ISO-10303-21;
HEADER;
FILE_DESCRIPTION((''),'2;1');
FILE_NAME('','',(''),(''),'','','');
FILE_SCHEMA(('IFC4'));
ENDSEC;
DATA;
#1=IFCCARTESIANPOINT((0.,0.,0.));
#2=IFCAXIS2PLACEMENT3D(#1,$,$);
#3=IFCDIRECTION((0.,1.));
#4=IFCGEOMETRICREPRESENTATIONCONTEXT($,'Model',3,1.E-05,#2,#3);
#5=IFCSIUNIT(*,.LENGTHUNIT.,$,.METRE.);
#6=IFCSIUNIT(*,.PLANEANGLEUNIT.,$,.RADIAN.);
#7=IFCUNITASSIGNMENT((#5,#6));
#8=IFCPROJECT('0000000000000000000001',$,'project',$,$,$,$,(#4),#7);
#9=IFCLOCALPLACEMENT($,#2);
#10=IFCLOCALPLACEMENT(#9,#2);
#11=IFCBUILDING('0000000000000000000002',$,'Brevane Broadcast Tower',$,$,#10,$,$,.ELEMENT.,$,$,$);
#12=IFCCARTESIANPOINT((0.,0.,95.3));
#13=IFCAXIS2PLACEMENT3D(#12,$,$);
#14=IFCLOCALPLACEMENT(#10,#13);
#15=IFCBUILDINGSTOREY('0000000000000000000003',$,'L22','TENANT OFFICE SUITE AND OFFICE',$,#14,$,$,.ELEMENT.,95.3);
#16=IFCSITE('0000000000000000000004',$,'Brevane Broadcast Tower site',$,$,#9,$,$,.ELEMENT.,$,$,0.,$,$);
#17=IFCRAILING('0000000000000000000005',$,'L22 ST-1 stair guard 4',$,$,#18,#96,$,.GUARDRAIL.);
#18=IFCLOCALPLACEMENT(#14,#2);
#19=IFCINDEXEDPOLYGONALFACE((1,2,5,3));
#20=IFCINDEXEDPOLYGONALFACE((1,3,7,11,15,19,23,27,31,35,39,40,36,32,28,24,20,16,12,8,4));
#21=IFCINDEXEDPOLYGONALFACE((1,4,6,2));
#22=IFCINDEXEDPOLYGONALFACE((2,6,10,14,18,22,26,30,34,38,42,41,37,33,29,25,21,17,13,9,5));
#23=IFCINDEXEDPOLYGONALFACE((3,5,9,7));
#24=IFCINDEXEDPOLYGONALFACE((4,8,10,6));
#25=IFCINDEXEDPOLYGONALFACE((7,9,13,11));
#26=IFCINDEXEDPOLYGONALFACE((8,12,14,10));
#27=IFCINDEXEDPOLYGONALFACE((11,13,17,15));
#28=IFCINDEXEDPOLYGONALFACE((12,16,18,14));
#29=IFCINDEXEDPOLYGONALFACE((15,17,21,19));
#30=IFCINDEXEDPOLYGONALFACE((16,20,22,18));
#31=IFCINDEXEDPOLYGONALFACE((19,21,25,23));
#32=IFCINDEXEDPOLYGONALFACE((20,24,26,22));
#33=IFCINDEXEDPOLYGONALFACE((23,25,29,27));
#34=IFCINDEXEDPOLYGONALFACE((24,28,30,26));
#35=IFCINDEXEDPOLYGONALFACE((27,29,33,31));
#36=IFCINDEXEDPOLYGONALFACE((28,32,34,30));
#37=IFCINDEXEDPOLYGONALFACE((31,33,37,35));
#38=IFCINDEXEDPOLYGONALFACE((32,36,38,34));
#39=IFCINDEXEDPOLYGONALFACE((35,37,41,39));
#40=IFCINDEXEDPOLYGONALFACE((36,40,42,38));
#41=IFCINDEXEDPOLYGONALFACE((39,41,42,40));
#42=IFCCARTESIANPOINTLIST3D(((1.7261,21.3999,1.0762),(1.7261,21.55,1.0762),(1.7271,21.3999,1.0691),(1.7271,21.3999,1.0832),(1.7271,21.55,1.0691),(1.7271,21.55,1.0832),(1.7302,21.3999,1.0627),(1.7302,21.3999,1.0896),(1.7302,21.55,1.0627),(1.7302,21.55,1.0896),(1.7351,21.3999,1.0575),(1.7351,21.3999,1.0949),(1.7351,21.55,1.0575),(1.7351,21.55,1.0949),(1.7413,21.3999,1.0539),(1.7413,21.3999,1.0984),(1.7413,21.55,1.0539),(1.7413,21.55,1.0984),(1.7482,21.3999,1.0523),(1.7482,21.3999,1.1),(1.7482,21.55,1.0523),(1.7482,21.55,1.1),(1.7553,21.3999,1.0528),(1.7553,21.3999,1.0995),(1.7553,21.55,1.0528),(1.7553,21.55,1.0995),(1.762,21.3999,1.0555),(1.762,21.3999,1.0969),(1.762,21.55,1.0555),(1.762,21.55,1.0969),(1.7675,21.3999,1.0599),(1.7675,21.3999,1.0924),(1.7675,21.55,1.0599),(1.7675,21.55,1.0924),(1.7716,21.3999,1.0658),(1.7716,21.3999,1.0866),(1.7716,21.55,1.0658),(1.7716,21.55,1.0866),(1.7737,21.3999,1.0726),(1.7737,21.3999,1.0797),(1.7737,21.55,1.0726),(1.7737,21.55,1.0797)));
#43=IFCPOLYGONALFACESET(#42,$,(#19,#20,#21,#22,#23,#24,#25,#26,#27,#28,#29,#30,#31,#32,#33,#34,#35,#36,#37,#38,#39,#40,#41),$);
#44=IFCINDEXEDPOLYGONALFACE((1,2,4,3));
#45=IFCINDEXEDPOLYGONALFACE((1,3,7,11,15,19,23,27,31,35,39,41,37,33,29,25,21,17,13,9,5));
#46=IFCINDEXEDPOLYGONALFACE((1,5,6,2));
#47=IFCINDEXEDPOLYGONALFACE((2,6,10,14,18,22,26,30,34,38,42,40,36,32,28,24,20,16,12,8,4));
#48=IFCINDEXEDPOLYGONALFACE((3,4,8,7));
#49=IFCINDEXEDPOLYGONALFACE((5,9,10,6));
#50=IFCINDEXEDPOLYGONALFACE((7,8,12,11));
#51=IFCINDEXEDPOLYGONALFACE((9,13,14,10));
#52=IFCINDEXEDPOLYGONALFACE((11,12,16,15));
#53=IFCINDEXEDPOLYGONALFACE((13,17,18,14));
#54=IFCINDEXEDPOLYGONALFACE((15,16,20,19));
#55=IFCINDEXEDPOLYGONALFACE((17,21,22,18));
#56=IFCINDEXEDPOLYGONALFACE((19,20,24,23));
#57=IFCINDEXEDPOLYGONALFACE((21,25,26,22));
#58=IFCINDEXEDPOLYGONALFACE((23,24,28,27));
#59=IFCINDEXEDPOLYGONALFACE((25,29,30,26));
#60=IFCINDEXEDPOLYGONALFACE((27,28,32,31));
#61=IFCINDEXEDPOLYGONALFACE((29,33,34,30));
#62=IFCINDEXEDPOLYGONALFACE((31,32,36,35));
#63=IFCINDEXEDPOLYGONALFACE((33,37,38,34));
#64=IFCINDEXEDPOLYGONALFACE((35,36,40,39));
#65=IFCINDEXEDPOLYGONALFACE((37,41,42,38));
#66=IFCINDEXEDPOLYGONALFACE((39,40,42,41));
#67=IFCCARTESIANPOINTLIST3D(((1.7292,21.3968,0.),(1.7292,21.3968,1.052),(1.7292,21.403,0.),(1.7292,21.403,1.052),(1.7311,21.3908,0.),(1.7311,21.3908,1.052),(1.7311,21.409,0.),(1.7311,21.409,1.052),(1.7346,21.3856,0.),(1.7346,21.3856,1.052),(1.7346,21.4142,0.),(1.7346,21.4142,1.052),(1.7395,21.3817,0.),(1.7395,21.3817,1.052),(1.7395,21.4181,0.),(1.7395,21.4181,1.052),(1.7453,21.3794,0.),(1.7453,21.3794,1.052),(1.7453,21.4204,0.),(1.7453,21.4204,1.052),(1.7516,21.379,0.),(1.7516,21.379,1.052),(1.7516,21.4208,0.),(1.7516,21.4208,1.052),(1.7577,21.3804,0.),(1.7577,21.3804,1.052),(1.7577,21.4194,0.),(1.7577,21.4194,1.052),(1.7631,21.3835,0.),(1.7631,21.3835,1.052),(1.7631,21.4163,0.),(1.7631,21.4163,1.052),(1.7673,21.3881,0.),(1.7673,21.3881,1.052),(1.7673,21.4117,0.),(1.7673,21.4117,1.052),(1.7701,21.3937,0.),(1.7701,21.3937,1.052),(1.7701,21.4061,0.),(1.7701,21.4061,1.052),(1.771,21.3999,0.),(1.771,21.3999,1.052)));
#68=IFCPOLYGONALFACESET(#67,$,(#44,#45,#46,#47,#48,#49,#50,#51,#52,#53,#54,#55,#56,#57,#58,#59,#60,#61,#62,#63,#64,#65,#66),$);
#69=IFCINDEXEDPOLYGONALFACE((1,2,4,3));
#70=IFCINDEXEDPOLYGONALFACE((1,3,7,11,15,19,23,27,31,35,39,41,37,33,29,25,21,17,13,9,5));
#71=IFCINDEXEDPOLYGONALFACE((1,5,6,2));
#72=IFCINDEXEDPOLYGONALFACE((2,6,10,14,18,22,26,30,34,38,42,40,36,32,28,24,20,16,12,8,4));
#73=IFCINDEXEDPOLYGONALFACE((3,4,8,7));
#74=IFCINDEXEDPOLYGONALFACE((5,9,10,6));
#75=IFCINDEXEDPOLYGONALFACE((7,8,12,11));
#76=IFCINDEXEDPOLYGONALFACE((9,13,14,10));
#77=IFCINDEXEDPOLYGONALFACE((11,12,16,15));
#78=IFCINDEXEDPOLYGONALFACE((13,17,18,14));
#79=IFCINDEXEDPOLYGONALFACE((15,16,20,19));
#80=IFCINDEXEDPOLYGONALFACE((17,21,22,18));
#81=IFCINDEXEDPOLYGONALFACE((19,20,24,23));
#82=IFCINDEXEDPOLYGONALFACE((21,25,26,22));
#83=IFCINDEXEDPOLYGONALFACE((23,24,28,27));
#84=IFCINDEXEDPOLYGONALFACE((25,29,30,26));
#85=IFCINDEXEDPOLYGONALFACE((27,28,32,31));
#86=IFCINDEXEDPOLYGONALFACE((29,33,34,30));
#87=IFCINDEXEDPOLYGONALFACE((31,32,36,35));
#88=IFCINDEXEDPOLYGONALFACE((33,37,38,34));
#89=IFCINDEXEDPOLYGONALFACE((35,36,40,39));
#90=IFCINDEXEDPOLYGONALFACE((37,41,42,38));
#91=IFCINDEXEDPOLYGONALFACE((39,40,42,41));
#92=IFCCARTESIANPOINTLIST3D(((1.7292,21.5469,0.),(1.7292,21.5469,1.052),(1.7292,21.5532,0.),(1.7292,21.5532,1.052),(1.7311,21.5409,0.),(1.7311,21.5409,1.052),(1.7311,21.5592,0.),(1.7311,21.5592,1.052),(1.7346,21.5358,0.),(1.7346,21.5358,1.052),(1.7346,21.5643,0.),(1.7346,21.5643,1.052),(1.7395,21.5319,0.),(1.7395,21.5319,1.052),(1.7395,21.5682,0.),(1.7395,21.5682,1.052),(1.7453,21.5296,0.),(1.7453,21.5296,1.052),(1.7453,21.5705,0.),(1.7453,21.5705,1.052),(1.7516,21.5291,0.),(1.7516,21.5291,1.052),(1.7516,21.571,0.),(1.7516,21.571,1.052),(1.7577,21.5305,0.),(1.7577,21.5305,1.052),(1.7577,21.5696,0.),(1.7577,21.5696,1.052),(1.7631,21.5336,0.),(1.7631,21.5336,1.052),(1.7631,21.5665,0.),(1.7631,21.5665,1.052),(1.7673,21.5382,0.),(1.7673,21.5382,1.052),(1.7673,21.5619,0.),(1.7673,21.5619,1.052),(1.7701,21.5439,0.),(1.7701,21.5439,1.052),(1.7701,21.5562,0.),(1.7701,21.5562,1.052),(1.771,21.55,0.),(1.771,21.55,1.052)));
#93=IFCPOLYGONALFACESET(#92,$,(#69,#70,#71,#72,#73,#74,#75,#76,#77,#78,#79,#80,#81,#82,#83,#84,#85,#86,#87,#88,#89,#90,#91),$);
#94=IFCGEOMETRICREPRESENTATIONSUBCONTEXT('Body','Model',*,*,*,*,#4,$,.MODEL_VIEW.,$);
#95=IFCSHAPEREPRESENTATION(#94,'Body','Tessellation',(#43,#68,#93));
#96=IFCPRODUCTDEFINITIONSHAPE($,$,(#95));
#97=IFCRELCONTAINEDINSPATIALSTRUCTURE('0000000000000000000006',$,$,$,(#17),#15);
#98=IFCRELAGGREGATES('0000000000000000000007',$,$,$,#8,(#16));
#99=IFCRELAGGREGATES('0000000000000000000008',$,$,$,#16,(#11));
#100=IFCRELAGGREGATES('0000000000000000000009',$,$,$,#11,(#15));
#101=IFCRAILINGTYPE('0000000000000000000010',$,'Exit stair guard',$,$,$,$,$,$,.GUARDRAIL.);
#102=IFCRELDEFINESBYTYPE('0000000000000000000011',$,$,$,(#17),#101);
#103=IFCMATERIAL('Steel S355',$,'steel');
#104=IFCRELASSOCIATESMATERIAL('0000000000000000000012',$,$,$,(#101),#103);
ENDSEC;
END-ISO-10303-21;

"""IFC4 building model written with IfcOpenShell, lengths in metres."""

from ifc_helpers import new_model, si_unit, direction, frame, origin, origin_2d, place, context, subcontext, project, spatial, circle, extrude, material, type_object, element, save


model = new_model("IFC4")

# Units and contexts
model_context = context("Model", 3, precision=1e-05, world=origin(), true_north=direction((0.0, 1.0)))
body_context = subcontext(model_context, "Body", "Model", "MODEL_VIEW")
ifc_project = project(units=[si_unit("LENGTHUNIT", "METRE"), si_unit("PLANEANGLEUNIT", "RADIAN")], contexts=[model_context])

# Site, building, storey
site_placement = place(None, origin())
site = spatial("IfcSite", under=ifc_project, at=site_placement, Name="Brevane Broadcast Tower site", CompositionType="ELEMENT", RefElevation=0.0)
building_placement = place(site_placement, origin())
building = spatial("IfcBuilding", under=site, at=building_placement, Name="Brevane Broadcast Tower", CompositionType="ELEMENT")
storey_placement = place(building_placement, frame((0.0, 0.0, 95.3)))
storey = spatial("IfcBuildingStorey", under=building, at=storey_placement, Name="L22", Description="TENANT OFFICE SUITE AND OFFICE", CompositionType="ELEMENT", Elevation=95.3)

# Railing
ifc_material_1 = material(Name="Steel S355", Category="steel")
railing_type_1 = type_object("IfcRailingType", Name="Exit stair guard", PredefinedType="GUARDRAIL", material=ifc_material_1)
railing_1_placement = place(storey_placement, frame((1.75, 21.3999, 0.0)))
element("IfcRailing", 1, at=railing_1_placement, inside=storey, type_object=railing_type_1, Name="L22 ST-1 stair guard 4", PredefinedType="GUARDRAIL", context=body_context, shape_type="SweptSolid", body=[
    extrude(circle(Radius=0.0239, at=origin_2d()), frame((0.0, 0.0, 1.0762), z_axis=(0.0, 1.0, 0.0), x_axis=(-1.0, 0.0, 0.0)), (0.0, 0.0, 1.0), 0.1501),
    extrude(circle(Radius=0.021, at=origin_2d()), origin(), (0.0, 0.0, 1.0), 1.052),
    extrude(circle(Radius=0.021, at=origin_2d()), frame((0.0, 0.1501, 0.0)), (0.0, 0.0, 1.0), 1.052),
])

save(model, "model.ifc")
